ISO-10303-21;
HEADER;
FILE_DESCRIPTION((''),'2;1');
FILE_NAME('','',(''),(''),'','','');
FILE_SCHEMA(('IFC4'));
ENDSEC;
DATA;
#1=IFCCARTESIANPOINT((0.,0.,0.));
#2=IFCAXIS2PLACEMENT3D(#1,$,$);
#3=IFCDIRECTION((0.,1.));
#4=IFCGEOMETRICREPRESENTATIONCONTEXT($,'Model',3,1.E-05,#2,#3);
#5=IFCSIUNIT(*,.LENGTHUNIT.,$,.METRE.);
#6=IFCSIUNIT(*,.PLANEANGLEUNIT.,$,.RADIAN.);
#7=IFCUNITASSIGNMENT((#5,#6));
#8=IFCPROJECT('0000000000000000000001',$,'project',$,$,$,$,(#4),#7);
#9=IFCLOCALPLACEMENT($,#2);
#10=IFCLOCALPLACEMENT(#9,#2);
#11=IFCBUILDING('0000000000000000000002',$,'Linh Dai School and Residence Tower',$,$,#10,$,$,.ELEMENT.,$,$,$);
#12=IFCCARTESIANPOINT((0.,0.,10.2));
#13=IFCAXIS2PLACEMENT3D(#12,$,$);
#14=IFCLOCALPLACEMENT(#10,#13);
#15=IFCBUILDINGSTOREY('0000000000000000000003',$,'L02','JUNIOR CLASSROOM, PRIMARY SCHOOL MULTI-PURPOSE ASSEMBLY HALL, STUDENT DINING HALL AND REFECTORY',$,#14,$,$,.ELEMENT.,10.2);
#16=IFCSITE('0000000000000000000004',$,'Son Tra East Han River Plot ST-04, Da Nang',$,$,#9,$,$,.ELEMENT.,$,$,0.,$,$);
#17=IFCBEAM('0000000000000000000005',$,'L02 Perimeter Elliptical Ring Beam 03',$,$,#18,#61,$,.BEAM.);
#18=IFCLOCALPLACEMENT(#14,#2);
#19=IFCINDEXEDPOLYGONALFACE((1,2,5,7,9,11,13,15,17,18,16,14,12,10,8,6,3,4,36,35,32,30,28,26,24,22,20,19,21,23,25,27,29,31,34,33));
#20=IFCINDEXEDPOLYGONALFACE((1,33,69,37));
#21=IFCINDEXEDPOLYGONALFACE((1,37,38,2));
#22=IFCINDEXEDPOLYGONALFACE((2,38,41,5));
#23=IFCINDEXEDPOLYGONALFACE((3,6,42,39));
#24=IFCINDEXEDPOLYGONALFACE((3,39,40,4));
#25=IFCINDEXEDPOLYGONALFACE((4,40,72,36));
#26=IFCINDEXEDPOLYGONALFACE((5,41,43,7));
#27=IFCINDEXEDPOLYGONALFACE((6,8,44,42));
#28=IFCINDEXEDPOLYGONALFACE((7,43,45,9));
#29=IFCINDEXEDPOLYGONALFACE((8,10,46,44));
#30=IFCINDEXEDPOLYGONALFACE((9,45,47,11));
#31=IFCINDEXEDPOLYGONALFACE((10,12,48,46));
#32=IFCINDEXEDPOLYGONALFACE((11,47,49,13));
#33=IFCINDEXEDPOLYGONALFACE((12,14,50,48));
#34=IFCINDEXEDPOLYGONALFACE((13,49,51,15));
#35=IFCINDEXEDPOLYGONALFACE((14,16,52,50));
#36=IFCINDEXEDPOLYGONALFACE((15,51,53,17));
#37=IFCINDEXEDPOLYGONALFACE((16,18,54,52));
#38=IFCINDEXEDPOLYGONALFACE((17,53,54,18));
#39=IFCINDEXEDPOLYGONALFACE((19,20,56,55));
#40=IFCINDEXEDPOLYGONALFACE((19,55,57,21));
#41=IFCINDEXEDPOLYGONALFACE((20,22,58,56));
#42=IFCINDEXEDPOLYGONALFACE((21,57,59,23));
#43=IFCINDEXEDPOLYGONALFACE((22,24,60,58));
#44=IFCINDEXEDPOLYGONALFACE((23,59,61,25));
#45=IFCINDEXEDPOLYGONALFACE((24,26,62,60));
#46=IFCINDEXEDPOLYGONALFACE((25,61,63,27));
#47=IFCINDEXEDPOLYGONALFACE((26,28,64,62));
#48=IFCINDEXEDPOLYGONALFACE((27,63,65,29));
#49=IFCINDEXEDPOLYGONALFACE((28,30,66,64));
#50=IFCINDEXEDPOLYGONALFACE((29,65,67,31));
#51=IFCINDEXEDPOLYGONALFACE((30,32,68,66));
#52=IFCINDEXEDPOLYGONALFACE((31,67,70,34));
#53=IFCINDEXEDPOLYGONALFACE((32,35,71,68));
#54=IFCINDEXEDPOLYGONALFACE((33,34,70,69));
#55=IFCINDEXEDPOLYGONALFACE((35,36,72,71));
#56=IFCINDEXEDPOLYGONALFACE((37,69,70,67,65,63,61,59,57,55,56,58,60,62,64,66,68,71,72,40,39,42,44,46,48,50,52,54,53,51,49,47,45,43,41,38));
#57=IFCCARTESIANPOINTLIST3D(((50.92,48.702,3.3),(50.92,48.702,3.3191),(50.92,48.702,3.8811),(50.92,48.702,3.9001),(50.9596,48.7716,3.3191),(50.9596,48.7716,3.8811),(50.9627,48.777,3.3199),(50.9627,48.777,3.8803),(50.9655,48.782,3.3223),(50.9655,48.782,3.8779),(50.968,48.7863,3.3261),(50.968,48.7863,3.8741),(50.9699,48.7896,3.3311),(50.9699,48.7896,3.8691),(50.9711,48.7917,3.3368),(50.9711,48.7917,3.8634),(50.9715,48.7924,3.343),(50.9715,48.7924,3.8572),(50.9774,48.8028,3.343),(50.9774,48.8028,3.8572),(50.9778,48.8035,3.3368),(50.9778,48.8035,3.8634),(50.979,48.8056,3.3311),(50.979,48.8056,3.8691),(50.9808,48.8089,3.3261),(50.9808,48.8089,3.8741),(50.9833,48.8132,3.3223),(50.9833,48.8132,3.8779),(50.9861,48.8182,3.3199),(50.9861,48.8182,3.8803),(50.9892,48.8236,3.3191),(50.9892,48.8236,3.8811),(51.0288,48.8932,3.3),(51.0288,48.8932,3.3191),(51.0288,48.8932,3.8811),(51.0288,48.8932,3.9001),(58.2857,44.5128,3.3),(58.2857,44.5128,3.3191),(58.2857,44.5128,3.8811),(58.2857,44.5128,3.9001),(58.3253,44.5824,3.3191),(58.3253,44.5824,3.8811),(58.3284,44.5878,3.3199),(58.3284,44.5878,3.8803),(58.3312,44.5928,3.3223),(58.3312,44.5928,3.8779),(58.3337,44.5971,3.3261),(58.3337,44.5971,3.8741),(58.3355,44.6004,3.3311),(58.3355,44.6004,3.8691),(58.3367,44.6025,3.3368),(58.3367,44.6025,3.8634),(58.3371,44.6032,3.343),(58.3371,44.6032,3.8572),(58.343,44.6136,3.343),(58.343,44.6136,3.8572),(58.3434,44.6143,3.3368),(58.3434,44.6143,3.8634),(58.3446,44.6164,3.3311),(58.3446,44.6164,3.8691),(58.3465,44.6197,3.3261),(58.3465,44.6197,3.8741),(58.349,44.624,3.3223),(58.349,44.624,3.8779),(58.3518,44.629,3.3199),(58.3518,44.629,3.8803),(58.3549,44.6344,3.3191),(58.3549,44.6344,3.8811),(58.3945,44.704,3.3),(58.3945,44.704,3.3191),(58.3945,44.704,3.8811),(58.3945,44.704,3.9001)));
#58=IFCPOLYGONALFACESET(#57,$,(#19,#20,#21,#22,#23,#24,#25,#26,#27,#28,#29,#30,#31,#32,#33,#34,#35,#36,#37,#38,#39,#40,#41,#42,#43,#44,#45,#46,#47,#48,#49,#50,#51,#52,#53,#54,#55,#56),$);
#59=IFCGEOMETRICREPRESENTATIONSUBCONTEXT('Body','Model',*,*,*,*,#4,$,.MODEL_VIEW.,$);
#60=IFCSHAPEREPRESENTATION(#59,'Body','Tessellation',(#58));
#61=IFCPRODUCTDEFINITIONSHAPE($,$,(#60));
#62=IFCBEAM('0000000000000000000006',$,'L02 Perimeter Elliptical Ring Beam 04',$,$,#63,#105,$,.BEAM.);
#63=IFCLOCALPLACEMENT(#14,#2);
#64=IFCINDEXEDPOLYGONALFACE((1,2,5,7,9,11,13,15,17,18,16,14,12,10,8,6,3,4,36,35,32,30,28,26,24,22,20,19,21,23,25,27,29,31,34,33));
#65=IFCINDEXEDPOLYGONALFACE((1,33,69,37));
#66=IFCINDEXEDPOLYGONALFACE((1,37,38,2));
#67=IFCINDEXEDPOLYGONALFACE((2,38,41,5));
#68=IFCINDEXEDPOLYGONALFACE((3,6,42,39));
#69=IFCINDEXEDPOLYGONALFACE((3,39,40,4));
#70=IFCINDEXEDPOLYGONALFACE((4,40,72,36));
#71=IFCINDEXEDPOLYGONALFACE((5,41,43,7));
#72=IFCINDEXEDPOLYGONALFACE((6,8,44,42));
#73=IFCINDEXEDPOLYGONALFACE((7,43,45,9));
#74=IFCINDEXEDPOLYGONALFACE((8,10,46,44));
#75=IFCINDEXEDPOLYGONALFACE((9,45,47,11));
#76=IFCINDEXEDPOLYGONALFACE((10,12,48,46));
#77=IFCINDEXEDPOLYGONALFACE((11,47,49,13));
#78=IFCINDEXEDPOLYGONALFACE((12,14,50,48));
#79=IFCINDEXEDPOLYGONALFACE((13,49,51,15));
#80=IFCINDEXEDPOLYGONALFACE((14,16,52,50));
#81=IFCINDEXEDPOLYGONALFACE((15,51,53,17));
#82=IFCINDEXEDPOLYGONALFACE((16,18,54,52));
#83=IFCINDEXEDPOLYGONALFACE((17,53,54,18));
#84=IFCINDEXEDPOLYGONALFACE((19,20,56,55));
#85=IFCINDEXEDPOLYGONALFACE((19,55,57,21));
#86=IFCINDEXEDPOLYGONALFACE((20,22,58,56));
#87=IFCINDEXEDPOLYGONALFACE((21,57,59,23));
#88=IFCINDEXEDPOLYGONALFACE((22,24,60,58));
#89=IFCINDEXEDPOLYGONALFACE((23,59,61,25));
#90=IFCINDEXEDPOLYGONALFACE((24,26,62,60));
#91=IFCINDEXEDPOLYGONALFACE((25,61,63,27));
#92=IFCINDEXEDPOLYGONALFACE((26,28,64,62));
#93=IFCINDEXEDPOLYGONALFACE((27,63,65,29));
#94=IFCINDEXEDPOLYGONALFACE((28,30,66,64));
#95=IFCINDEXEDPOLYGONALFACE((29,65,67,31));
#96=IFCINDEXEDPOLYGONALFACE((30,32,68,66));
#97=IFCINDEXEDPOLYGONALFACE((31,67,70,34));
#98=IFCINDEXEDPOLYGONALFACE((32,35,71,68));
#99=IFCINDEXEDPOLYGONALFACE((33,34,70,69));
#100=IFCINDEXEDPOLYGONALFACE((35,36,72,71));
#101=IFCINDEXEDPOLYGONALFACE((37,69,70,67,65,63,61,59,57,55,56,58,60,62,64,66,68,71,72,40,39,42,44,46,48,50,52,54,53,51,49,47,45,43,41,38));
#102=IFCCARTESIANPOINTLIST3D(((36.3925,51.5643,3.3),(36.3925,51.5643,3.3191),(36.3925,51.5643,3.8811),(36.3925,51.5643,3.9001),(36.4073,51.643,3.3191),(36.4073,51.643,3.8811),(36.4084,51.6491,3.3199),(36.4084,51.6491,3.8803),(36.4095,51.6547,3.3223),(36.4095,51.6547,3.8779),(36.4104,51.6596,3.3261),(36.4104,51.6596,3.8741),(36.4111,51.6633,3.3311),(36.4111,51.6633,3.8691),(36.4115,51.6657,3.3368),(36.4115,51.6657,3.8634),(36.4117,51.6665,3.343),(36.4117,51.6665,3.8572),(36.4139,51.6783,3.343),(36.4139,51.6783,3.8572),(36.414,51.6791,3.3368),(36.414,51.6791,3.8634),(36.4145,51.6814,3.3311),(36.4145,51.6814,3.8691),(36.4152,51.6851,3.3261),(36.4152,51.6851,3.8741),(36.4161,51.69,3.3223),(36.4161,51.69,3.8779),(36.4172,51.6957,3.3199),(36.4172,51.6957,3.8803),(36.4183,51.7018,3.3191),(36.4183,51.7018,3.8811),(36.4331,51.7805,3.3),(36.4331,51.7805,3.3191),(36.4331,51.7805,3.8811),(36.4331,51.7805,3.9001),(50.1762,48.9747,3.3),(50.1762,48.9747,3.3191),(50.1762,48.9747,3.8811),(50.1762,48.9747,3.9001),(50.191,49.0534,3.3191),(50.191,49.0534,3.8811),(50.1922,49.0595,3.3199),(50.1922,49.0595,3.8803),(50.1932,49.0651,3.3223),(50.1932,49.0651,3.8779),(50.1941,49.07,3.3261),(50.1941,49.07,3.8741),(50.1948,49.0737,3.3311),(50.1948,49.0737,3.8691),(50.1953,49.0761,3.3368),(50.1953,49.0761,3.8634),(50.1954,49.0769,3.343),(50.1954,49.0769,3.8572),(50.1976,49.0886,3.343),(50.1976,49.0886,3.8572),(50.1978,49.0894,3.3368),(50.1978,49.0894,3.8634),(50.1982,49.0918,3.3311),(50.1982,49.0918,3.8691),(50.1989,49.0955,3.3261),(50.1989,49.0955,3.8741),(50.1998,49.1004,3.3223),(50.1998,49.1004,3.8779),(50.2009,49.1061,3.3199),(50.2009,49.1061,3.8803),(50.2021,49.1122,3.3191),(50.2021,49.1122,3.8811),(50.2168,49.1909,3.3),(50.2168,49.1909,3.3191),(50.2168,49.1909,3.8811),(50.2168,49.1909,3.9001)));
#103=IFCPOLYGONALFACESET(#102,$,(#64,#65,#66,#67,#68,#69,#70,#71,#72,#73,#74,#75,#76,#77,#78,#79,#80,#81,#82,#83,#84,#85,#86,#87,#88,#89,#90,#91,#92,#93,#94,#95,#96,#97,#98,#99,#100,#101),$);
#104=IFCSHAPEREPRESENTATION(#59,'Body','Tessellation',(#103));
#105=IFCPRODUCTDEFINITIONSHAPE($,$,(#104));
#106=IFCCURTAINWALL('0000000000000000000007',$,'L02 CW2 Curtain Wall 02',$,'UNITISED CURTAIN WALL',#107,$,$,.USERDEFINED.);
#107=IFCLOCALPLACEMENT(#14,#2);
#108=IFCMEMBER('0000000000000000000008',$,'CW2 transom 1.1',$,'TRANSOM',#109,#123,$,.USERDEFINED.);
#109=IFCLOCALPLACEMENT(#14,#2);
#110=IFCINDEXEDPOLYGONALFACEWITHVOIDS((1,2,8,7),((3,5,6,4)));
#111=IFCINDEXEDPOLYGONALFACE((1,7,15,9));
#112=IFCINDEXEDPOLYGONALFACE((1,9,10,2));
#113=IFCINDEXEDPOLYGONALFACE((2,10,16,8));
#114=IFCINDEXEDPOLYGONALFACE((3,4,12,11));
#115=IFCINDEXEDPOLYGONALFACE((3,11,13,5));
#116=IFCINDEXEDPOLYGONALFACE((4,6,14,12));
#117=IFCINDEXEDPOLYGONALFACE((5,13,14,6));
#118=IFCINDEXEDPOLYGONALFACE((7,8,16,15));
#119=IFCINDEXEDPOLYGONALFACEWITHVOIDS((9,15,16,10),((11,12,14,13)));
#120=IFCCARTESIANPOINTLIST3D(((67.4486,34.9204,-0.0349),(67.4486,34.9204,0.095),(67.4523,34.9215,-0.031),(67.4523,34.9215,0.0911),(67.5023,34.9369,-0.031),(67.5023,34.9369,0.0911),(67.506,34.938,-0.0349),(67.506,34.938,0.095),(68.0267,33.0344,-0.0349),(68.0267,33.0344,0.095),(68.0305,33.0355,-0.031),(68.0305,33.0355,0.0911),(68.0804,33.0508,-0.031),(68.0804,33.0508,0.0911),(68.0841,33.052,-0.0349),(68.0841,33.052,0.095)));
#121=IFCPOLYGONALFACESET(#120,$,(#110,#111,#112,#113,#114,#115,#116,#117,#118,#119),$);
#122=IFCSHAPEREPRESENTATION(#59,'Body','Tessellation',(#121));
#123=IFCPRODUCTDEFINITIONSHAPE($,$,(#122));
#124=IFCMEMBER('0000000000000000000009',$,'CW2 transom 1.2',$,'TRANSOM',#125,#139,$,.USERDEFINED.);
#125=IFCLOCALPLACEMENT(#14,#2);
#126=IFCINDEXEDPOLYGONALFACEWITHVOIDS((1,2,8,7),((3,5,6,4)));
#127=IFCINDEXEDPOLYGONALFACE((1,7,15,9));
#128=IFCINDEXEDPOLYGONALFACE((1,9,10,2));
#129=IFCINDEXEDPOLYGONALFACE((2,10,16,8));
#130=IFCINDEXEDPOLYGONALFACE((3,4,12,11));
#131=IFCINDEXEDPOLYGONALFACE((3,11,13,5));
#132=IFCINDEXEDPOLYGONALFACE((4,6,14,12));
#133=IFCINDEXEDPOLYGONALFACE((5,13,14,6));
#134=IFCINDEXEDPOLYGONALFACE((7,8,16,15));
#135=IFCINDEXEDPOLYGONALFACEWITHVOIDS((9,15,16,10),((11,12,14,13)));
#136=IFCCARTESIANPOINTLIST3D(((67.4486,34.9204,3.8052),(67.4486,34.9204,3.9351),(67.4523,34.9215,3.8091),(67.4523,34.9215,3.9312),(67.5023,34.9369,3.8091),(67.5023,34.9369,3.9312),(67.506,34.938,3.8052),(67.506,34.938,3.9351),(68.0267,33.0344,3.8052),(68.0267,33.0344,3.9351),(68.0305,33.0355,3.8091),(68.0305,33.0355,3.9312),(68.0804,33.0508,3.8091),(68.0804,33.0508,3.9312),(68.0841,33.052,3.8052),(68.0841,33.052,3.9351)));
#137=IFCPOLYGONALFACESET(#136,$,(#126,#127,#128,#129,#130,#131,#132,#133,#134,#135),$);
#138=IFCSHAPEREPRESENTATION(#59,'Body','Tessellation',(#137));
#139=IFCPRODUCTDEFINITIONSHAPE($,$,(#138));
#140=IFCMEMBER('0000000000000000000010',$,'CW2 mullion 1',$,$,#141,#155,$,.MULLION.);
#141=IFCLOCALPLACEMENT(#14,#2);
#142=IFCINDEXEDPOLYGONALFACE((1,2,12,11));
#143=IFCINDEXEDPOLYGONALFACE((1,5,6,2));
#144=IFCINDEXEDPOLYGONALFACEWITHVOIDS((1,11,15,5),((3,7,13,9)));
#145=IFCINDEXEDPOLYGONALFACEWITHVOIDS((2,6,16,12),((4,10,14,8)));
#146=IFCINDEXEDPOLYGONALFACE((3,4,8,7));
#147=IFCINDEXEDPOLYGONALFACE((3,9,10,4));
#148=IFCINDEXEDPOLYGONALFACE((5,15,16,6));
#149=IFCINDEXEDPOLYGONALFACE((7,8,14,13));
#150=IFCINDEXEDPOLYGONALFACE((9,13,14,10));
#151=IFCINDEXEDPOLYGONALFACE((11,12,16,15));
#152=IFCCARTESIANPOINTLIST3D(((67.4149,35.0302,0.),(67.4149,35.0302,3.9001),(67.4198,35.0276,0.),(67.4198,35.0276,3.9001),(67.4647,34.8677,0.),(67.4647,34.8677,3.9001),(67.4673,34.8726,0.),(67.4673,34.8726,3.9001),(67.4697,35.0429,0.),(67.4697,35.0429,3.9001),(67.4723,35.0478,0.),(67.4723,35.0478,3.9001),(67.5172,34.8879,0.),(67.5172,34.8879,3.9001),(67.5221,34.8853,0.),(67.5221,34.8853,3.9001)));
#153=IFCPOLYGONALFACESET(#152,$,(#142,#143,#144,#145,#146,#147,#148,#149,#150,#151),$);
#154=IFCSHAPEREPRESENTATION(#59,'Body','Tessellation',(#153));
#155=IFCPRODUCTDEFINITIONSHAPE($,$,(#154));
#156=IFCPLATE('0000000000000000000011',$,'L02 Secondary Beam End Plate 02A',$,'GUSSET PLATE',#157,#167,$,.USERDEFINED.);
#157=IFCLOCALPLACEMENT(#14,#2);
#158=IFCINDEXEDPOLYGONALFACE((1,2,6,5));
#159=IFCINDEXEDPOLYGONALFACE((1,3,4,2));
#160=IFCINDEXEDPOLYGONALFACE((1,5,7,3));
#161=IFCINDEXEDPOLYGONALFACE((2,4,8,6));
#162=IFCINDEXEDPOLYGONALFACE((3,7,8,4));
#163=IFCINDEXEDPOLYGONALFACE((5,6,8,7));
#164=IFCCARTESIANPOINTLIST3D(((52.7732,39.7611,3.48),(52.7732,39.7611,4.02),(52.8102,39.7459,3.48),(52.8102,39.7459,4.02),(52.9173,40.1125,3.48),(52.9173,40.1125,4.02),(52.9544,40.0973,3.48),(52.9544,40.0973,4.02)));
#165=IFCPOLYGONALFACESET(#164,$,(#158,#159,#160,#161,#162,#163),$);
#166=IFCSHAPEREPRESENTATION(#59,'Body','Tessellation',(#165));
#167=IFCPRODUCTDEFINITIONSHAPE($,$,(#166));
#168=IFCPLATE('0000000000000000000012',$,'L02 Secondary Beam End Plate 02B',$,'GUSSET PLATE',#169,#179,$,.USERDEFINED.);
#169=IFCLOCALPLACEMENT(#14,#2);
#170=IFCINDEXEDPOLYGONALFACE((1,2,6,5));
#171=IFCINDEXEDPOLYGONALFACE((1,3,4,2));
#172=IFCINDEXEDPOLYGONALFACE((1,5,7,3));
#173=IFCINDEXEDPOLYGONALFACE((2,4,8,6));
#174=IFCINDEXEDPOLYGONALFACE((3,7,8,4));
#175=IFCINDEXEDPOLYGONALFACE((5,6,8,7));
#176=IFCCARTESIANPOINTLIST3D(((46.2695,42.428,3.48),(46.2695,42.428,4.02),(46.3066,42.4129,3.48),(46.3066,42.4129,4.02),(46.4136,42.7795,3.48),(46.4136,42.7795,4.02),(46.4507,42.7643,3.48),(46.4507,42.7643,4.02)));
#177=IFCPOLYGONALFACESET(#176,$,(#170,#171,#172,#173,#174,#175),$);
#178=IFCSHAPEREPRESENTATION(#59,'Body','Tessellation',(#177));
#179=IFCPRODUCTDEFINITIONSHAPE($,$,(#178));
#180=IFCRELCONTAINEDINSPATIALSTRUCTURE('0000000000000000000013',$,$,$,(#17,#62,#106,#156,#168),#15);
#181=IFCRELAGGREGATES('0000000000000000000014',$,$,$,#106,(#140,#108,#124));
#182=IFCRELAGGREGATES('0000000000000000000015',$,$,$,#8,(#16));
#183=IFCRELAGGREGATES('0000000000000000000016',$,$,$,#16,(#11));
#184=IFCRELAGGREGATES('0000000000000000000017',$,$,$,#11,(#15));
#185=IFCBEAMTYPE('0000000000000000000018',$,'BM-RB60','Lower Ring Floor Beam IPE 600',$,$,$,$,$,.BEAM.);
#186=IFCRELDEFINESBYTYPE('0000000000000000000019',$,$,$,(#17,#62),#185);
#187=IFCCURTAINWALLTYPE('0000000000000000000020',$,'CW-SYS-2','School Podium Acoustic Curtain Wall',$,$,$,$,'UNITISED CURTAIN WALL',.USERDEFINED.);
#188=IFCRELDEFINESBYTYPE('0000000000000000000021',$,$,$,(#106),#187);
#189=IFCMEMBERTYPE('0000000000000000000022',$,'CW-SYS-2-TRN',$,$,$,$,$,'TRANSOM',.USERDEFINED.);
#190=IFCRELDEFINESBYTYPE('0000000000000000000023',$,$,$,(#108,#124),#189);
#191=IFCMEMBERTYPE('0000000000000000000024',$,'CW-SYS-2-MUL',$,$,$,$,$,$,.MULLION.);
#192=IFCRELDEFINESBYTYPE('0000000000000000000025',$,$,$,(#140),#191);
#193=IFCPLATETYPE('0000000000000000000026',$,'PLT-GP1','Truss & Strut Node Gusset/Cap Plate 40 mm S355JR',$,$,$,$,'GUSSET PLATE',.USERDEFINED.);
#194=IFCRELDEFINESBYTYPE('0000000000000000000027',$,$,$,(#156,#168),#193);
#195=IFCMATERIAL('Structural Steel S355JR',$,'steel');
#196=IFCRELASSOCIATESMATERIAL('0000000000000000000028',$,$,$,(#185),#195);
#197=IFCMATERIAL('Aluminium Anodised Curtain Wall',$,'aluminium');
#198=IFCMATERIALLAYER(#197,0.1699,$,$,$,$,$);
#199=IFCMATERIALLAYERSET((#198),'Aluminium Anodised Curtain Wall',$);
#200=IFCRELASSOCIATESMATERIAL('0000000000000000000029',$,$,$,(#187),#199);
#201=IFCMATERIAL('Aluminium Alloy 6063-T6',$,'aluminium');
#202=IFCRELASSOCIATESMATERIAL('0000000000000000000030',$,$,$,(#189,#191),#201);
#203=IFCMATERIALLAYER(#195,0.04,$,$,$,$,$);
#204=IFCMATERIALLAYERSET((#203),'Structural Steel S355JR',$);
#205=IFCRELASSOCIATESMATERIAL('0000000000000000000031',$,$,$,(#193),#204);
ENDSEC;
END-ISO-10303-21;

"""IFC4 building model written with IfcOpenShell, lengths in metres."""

from ifc_helpers import new_model, si_unit, direction, frame, origin, origin_2d, place, context, subcontext, project, spatial, rectangle, hollow_rectangle, i_section, extrude, source, transform, mapped, material, layer, layer_set, material_profile, profile_set, type_object, element, aggregate, save


model = new_model("IFC4")

# Units and contexts
model_context = context("Model", 3, precision=1e-05, world=origin(), true_north=direction((0.0, 1.0)))
body_context = subcontext(model_context, "Body", "Model", "MODEL_VIEW")
ifc_project = project(units=[si_unit("LENGTHUNIT", "METRE"), si_unit("PLANEANGLEUNIT", "RADIAN")], contexts=[model_context])

# Site, building, storey
site_placement = place(None, origin())
site = spatial("IfcSite", under=ifc_project, at=site_placement, Name="Son Tra East Han River Plot ST-04, Da Nang", CompositionType="ELEMENT", RefElevation=0.0)
building_placement = place(site_placement, origin())
building = spatial("IfcBuilding", under=site, at=building_placement, Name="Linh Dai School and Residence Tower", CompositionType="ELEMENT")
storey_placement = place(building_placement, frame((0.0, 0.0, 10.2)))
storey = spatial("IfcBuildingStorey", under=building, at=storey_placement, Name="L02", Description="JUNIOR CLASSROOM, PRIMARY SCHOOL MULTI-PURPOSE ASSEMBLY HALL, STUDENT DINING HALL AND REFECTORY", CompositionType="ELEMENT", Elevation=10.2)

# Shared definitions
ifc_material_1 = material(Name="Structural Steel S355JR", Category="steel")

# Beams
ifc_material_profile_1 = material_profile(ifc_material_1, i_section(OverallWidth=0.22, OverallDepth=0.6001, WebThickness=0.012, FlangeThickness=0.019, FilletRadius=0.0239, at=origin_2d()), Name="IPE 600")
ifc_profile_set_1 = profile_set([ifc_material_profile_1], Name="Structural Steel S355JR")
beam_type_1 = type_object("IfcBeamType", Name="BM-RB60", Description="Lower Ring Floor Beam IPE 600", PredefinedType="BEAM", material=ifc_profile_set_1)
beam_1_placement = place(storey_placement, frame((58.3401, 44.6084, 3.6001), z_axis=(-0.869247, 0.494379, 0.0), x_axis=(-0.494379, -0.869247, 0.0)))
element("IfcBeam", 1, at=beam_1_placement, inside=storey, type_object=beam_type_1, Name="L02 Perimeter Elliptical Ring Beam 03", PredefinedType="BEAM", context=body_context, shape_type="SweptSolid", body=[
    extrude(i_section(OverallWidth=0.22, OverallDepth=0.6001, WebThickness=0.012, FlangeThickness=0.019, FilletRadius=0.0239, at=origin_2d()), origin(), (0.0, 0.0, 1.0), 8.4736),
])
beam_2_placement = place(storey_placement, frame((50.1965, 49.0828, 3.6001), z_axis=(-0.982806, 0.184644, 0.0), x_axis=(-0.184644, -0.982806, 0.0)))
element("IfcBeam", 2, at=beam_2_placement, inside=storey, type_object=beam_type_1, Name="L02 Perimeter Elliptical Ring Beam 04", PredefinedType="BEAM", context=body_context, shape_type="SweptSolid", body=[
    extrude(i_section(OverallWidth=0.22, OverallDepth=0.6001, WebThickness=0.012, FlangeThickness=0.019, FilletRadius=0.0239, at=origin_2d()), origin(), (0.0, 0.0, 1.0), 14.0249),
])

# Curtain wall, members
ifc_material_2 = material(Name="Aluminium Anodised Curtain Wall", Category="aluminium")
ifc_layer_1 = layer(ifc_material_2, 0.1699)
ifc_layer_set_1 = layer_set([ifc_layer_1], Name="Aluminium Anodised Curtain Wall")
curtain_wall_type = type_object("IfcCurtainWallType", Name="CW-SYS-2", Description="School Podium Acoustic Curtain Wall", ElementType="UNITISED CURTAIN WALL", PredefinedType="USERDEFINED", material=ifc_layer_set_1)
curtain_wall_placement = place(storey_placement, origin())
curtain_wall = element("IfcCurtainWall", 3, at=curtain_wall_placement, inside=storey, type_object=curtain_wall_type, Name="L02 CW2 Curtain Wall 02", ObjectType="UNITISED CURTAIN WALL", PredefinedType="USERDEFINED")
ifc_material_3 = material(Name="Aluminium Alloy 6063-T6", Category="aluminium")
ifc_material_profile_2 = material_profile(ifc_material_3, hollow_rectangle(XDim=0.0601, YDim=0.1299, WallThickness=0.0039, at=origin_2d()), Name="RHS 130x60x4")
ifc_profile_set_2 = profile_set([ifc_material_profile_2], Name="Aluminium Alloy 6063-T6")
member_type_1 = type_object("IfcMemberType", Name="CW-SYS-2-TRN", ElementType="TRANSOM", PredefinedType="USERDEFINED", material=ifc_profile_set_2)
shared_shape_1 = source(origin(), body_context, "Body", "SweptSolid", [
    extrude(hollow_rectangle(XDim=0.0601, YDim=0.1299, WallThickness=0.0039, at=origin_2d()), origin(), (0.0, 0.0, 1.0), 1.9727),
])
member_1_placement = place(storey_placement, frame((67.4773, 34.9292, 0.03), z_axis=(0.293077, -0.956089, 0.0), x_axis=(0.956089, 0.293077, 0.0)))
member_1 = element("IfcMember", 4, at=member_1_placement, type_object=member_type_1, Name="CW2 transom 1.1", ObjectType="TRANSOM", PredefinedType="USERDEFINED", context=body_context, shape_type="MappedRepresentation", body=[
    mapped(shared_shape_1, transform((0.0, 0.0, 0.0), x_axis=(1.0, 0.0, 0.0), y_axis=(0.0, 1.0, 0.0), z_axis=(0.0, 0.0, 1.0), scale=1.0)),
])
member_2_placement = place(storey_placement, frame((67.4773, 34.9292, 3.8701), z_axis=(0.293077, -0.956089, 0.0), x_axis=(0.956089, 0.293077, 0.0)))
member_2 = element("IfcMember", 5, at=member_2_placement, type_object=member_type_1, Name="CW2 transom 1.2", ObjectType="TRANSOM", PredefinedType="USERDEFINED", context=body_context, shape_type="MappedRepresentation", body=[
    mapped(shared_shape_1, transform((0.0, 0.0, 0.0), x_axis=(1.0, 0.0, 0.0), y_axis=(0.0, 1.0, 0.0), z_axis=(0.0, 0.0, 1.0), scale=1.0)),
])
ifc_material_profile_3 = material_profile(ifc_material_3, hollow_rectangle(XDim=0.0601, YDim=0.1699, WallThickness=0.0039, at=origin_2d()), Name="RHS 170x60x4")
ifc_profile_set_3 = profile_set([ifc_material_profile_3], Name="Aluminium Alloy 6063-T6")
member_type_2 = type_object("IfcMemberType", Name="CW-SYS-2-MUL", PredefinedType="MULLION", material=ifc_profile_set_3)
shared_shape_2 = source(origin(), body_context, "Body", "SweptSolid", [
    extrude(hollow_rectangle(XDim=0.0601, YDim=0.1699, WallThickness=0.0039, at=origin_2d()), origin(), (0.0, 0.0, 1.0), 3.9001),
])
member_3_placement = place(storey_placement, frame((67.4685, 34.9578, 0.0), z_axis=(0.0, 0.0, 1.0), x_axis=(0.956081, 0.293104, 0.0)))
member_3 = element("IfcMember", 6, at=member_3_placement, type_object=member_type_2, Name="CW2 mullion 1", PredefinedType="MULLION", context=body_context, shape_type="MappedRepresentation", body=[
    mapped(shared_shape_2, transform((0.0, 0.0, 0.0), x_axis=(1.0, 0.0, 0.0), y_axis=(0.0, 1.0, 0.0), z_axis=(0.0, 0.0, 1.0), scale=1.0)),
])

# Plates
ifc_layer_2 = layer(ifc_material_1, 0.04)
ifc_layer_set_2 = layer_set([ifc_layer_2], Name="Structural Steel S355JR")
plate_type_1 = type_object("IfcPlateType", Name="PLT-GP1", Description="Truss & Strut Node Gusset/Cap Plate 40 mm S355JR", ElementType="GUSSET PLATE", PredefinedType="USERDEFINED", material=ifc_layer_set_2)
shared_shape_3 = source(origin(), body_context, "Body", "SweptSolid", [
    extrude(rectangle(XDim=0.04, YDim=0.3799, at=origin_2d()), origin(), (0.0, 0.0, 1.0), 0.54),
])
for number, where, z_axis, x_axis, name in (
    (7, (52.8638, 39.9292, 3.48), (0.0, 0.0, 1.0), (-0.925232, 0.379401, 0.0), "L02 Secondary Beam End Plate 02A"),
    (8, (46.3601, 42.5962, 3.48), (0.0, 0.0, 1.0), (-0.925232, 0.379401, 0.0), "L02 Secondary Beam End Plate 02B"),
):
    element("IfcPlate", number, at=place(storey_placement, frame(where, z_axis=z_axis, x_axis=x_axis)), inside=storey, type_object=plate_type_1, Name=name, ObjectType="GUSSET PLATE", PredefinedType="USERDEFINED", context=body_context, shape_type="MappedRepresentation", body=[
        mapped(shared_shape_3, transform((0.0, 0.0, 0.0), x_axis=(1.0, 0.0, 0.0), y_axis=(0.0, 1.0, 0.0), z_axis=(0.0, 0.0, 1.0), scale=1.0)),
    ])

aggregate(curtain_wall, [member_3, member_1, member_2])

save(model, "model.ifc")
